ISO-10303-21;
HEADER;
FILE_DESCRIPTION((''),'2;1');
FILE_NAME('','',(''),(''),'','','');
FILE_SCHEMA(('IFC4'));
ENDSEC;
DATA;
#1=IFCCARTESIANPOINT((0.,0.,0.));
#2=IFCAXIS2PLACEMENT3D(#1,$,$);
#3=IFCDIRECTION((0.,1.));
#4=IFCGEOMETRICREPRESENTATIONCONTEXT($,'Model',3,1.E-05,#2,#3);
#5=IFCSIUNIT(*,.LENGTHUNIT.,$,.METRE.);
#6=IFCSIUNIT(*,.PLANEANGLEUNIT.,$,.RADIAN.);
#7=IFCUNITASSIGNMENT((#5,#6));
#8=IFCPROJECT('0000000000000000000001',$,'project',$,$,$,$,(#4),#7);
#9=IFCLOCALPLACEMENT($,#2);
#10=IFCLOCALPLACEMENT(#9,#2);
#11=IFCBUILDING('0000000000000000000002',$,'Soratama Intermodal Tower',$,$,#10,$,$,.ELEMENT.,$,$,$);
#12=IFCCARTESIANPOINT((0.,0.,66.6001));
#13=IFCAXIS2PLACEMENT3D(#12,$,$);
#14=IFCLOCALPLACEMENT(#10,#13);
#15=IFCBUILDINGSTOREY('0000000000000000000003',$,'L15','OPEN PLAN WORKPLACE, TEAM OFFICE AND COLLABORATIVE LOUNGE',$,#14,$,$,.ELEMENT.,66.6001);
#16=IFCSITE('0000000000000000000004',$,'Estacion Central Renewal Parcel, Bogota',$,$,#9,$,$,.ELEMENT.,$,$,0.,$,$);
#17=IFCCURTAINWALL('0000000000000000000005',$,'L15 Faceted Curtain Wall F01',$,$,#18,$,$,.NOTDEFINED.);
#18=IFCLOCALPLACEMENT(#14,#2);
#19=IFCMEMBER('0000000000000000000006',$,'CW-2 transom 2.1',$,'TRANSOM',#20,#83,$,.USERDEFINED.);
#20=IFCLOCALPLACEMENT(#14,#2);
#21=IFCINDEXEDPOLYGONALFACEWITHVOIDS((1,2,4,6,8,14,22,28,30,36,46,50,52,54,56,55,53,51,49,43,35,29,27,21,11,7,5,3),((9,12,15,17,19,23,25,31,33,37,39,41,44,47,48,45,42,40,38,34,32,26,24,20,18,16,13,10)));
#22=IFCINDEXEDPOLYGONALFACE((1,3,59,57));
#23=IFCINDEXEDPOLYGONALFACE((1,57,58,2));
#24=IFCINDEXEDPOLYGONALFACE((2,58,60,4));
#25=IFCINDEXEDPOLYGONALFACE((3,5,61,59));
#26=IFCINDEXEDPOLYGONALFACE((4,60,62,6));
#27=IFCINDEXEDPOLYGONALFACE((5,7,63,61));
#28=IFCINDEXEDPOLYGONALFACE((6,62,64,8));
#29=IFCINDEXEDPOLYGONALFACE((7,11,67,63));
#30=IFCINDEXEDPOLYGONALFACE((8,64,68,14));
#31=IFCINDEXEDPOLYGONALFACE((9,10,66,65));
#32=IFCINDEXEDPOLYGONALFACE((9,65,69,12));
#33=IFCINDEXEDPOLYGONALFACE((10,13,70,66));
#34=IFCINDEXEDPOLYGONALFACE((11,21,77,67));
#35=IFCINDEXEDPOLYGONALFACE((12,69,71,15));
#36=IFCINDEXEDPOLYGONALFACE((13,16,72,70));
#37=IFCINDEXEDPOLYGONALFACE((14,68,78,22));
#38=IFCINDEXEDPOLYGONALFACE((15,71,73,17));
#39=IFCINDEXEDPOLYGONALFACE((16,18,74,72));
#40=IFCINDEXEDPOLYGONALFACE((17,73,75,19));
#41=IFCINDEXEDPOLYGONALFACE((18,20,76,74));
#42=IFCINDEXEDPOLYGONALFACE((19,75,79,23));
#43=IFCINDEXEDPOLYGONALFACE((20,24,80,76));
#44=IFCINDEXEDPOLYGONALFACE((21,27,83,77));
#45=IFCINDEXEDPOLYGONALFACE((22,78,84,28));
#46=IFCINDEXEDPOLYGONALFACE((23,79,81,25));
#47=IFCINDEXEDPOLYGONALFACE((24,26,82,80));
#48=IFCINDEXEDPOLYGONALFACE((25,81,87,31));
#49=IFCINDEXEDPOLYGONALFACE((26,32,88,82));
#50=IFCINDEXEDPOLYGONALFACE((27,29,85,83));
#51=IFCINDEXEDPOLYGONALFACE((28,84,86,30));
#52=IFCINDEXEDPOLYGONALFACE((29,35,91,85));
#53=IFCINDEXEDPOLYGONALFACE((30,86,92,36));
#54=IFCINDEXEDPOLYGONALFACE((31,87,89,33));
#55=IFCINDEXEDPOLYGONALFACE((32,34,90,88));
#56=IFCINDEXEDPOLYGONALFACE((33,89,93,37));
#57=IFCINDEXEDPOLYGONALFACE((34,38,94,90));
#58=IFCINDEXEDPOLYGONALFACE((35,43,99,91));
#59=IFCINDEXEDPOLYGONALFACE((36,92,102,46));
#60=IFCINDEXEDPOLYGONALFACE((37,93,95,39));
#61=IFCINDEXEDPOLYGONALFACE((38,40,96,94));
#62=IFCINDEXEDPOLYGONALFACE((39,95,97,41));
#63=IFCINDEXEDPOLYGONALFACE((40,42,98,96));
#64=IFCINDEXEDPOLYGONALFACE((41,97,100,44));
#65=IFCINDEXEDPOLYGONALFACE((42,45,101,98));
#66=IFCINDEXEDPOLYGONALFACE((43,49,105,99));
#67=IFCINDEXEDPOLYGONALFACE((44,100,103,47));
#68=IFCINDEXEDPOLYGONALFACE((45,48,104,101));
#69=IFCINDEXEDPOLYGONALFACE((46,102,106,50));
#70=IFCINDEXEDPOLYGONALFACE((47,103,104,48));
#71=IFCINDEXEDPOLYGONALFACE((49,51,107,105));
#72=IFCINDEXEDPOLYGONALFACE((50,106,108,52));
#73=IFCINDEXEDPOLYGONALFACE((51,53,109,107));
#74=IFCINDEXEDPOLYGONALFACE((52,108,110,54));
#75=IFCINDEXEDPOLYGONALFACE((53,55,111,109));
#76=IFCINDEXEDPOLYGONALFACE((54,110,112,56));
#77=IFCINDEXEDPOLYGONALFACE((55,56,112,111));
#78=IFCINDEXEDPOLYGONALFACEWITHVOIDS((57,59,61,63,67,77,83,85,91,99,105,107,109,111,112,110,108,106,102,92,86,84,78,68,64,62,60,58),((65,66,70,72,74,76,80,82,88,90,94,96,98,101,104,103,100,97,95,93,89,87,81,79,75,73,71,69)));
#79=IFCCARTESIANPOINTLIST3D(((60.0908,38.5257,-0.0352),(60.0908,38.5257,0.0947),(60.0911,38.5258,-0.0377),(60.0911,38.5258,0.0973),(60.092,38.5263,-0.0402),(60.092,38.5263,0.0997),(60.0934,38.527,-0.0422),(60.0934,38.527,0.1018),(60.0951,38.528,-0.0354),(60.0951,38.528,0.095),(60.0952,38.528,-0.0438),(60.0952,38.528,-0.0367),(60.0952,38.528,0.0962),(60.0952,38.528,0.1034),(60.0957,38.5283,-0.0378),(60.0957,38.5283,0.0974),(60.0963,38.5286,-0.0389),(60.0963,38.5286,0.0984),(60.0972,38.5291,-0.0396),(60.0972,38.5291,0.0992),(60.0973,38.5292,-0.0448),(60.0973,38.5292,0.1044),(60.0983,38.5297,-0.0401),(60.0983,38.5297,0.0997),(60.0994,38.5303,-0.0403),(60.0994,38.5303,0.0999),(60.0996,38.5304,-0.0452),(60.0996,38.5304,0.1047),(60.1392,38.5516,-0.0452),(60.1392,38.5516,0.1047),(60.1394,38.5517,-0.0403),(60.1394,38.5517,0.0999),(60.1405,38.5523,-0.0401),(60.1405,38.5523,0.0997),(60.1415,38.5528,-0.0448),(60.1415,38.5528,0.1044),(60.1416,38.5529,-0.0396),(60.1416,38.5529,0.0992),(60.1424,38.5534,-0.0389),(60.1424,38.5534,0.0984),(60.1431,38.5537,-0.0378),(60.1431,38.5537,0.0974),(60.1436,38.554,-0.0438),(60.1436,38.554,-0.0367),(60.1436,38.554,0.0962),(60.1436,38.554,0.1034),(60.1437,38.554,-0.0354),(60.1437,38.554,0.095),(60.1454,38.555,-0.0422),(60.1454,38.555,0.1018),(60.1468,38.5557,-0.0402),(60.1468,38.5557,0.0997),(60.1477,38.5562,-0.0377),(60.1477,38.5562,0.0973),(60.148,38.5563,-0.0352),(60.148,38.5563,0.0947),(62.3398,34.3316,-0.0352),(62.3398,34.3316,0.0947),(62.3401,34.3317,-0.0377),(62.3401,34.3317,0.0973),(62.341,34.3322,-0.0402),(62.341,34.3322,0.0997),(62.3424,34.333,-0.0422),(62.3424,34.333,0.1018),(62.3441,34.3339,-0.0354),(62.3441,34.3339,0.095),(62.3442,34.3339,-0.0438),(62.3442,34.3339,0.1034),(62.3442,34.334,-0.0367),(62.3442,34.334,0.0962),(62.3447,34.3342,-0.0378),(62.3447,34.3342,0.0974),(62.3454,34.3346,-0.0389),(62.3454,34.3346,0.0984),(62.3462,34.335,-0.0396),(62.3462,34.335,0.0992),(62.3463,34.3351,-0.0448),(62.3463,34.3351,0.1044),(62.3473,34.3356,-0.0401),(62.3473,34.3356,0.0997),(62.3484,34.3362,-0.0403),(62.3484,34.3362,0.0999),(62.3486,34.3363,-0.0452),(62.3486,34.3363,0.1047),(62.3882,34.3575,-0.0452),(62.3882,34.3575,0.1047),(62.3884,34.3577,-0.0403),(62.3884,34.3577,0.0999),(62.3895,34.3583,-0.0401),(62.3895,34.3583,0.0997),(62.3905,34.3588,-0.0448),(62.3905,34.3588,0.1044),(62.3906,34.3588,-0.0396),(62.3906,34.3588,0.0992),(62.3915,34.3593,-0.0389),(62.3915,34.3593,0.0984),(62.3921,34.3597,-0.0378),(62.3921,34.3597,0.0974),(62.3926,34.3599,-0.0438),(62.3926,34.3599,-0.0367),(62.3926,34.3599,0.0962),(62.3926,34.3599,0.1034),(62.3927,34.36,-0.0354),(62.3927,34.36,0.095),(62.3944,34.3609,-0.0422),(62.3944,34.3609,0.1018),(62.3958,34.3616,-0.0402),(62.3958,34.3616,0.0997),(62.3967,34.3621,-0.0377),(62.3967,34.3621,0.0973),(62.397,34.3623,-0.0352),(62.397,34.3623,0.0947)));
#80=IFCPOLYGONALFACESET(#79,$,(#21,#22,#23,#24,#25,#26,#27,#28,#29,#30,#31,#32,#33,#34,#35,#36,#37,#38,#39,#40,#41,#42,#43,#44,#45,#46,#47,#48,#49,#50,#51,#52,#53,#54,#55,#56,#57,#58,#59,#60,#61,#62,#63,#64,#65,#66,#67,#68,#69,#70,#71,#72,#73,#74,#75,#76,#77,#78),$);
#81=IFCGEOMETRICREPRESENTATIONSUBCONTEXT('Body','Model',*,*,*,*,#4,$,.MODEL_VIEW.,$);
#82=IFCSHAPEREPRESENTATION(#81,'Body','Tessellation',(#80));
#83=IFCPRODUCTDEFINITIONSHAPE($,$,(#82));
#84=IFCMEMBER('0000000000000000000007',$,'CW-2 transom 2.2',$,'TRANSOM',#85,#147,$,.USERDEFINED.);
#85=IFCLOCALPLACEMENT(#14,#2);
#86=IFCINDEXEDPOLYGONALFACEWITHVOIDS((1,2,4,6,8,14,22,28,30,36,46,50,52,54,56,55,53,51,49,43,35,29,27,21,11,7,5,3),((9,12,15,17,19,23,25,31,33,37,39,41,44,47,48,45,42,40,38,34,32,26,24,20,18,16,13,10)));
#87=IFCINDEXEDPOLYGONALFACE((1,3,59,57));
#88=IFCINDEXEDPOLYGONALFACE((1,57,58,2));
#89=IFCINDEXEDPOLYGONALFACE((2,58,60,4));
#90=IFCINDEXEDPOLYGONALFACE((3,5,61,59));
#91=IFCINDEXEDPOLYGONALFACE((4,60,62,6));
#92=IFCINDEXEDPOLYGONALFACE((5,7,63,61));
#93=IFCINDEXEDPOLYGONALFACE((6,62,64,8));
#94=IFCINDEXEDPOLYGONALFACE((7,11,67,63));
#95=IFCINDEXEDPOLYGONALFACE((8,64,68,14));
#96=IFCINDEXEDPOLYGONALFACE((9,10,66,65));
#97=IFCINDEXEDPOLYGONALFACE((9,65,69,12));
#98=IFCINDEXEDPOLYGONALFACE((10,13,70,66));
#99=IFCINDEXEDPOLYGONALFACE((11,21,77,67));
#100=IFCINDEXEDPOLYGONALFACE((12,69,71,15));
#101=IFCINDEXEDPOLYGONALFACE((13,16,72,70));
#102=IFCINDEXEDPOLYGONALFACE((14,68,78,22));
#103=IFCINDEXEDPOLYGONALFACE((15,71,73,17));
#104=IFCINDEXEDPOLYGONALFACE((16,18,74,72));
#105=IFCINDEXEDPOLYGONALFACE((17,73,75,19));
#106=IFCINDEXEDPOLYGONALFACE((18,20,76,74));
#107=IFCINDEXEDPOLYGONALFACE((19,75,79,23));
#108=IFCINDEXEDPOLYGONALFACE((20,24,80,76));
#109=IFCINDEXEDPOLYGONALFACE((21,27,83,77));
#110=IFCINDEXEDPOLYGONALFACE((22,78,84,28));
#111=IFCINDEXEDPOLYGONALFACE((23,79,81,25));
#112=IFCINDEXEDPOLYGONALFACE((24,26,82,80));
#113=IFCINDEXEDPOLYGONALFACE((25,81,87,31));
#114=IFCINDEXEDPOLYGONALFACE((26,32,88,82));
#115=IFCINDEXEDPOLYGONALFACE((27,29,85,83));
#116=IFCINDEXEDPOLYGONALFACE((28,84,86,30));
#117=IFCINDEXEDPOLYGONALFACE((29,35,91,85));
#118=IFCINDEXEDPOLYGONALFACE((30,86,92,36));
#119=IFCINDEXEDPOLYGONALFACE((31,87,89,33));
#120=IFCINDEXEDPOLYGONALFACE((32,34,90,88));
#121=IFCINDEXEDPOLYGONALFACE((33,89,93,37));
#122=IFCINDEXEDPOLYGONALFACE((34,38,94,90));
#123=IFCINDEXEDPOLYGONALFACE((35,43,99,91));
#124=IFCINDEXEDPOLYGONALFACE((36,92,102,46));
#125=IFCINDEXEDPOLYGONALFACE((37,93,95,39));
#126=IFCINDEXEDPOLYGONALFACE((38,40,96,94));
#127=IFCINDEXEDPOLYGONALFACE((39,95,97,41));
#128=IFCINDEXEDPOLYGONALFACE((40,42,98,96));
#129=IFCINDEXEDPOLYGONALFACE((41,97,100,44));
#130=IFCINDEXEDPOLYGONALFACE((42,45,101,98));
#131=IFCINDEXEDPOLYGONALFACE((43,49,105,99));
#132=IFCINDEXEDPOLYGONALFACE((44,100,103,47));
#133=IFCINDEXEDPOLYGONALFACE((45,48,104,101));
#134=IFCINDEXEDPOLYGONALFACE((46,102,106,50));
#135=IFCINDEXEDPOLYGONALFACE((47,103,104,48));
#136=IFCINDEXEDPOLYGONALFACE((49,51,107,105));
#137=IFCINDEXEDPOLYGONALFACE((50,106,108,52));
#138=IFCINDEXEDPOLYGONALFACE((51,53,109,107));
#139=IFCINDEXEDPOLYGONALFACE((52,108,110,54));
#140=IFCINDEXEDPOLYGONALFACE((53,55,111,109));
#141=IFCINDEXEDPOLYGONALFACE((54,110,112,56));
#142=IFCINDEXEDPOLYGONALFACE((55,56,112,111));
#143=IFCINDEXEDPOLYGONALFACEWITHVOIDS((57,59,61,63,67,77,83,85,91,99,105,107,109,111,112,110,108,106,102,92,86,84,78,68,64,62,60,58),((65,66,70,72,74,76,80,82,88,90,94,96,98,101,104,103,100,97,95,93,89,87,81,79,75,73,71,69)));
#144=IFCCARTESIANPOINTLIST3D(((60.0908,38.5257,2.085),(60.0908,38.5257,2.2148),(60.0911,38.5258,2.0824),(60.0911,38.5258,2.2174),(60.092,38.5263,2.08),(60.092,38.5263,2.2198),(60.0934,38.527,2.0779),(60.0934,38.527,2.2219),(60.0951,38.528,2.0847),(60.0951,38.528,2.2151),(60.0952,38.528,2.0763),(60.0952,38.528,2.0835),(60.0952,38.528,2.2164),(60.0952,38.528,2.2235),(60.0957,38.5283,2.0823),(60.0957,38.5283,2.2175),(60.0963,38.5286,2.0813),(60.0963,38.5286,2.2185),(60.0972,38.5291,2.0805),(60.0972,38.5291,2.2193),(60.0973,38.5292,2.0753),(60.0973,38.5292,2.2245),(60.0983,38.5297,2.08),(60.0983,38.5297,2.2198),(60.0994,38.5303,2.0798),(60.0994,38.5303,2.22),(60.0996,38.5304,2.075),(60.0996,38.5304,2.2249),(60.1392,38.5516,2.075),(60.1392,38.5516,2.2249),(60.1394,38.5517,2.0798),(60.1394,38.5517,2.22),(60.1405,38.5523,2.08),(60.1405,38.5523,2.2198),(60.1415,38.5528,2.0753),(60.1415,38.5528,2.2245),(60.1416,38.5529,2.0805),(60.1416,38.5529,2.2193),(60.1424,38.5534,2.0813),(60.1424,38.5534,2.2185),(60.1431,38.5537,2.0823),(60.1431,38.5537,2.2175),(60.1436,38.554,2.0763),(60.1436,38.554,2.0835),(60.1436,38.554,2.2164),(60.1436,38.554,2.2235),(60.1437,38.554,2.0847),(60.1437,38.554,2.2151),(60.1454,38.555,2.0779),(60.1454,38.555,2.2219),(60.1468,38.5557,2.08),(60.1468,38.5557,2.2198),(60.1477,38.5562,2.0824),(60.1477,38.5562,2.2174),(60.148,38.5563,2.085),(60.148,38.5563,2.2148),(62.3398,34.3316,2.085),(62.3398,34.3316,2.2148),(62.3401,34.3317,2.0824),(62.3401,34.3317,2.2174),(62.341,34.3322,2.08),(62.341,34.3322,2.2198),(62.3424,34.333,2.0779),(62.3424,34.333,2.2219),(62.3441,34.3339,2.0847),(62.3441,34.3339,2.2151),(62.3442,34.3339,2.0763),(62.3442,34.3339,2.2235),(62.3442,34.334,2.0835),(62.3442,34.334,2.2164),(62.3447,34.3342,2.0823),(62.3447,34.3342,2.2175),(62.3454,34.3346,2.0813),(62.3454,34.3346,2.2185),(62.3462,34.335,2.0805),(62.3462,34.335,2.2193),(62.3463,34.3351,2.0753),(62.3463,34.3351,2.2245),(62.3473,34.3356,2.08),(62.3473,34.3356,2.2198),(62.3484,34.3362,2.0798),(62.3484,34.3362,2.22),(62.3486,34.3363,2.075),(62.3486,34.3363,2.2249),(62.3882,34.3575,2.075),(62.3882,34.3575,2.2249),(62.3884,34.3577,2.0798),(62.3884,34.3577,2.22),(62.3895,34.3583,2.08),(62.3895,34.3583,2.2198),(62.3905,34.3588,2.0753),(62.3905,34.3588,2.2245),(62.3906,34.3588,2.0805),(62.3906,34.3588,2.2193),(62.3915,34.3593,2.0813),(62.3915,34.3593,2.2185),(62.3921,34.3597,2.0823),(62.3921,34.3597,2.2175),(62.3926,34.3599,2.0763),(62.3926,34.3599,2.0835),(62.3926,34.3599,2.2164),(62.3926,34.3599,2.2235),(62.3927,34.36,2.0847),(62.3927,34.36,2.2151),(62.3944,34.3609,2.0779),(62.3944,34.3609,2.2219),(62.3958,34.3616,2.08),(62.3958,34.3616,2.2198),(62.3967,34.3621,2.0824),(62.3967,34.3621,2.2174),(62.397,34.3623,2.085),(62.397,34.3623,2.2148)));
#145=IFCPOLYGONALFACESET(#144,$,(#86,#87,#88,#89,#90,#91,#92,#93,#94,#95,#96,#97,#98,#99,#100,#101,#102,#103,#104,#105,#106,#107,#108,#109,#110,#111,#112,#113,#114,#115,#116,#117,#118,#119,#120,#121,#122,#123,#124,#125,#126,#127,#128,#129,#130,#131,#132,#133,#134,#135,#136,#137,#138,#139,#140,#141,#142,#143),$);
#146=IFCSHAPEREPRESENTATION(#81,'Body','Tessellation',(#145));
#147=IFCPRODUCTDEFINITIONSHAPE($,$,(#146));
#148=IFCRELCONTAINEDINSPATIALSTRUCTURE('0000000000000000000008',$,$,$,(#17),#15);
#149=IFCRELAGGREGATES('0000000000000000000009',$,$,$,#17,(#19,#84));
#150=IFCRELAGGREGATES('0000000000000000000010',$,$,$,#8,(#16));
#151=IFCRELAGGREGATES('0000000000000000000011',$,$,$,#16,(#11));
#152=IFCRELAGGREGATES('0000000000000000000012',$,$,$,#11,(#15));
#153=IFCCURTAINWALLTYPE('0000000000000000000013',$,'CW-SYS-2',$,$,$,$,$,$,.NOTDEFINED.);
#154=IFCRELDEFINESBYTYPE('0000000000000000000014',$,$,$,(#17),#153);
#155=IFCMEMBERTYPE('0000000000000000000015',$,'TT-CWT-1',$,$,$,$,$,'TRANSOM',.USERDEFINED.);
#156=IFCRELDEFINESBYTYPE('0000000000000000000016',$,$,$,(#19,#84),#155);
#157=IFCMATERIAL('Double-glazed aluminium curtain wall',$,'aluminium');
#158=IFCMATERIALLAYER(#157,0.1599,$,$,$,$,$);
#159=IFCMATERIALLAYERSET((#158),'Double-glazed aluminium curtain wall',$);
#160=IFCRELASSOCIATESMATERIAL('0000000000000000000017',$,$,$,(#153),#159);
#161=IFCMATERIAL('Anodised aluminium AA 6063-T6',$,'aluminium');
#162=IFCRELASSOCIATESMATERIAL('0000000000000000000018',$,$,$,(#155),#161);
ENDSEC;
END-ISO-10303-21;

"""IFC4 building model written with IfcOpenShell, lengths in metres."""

from ifc_helpers import new_model, si_unit, direction, frame, origin, origin_2d, place, context, subcontext, project, spatial, hollow_rectangle, extrude, material, layer, layer_set, material_profile, profile_set, type_object, element, aggregate, save


model = new_model("IFC4")

# Units and contexts
model_context = context("Model", 3, precision=1e-05, world=origin(), true_north=direction((0.0, 1.0)))
body_context = subcontext(model_context, "Body", "Model", "MODEL_VIEW")
ifc_project = project(units=[si_unit("LENGTHUNIT", "METRE"), si_unit("PLANEANGLEUNIT", "RADIAN")], contexts=[model_context])

# Site, building, storey
site_placement = place(None, origin())
site = spatial("IfcSite", under=ifc_project, at=site_placement, Name="Estacion Central Renewal Parcel, Bogota", CompositionType="ELEMENT", RefElevation=0.0)
building_placement = place(site_placement, origin())
building = spatial("IfcBuilding", under=site, at=building_placement, Name="Soratama Intermodal Tower", CompositionType="ELEMENT")
storey_placement = place(building_placement, frame((0.0, 0.0, 66.6001)))
storey = spatial("IfcBuildingStorey", under=building, at=storey_placement, Name="L15", Description="OPEN PLAN WORKPLACE, TEAM OFFICE AND COLLABORATIVE LOUNGE", CompositionType="ELEMENT", Elevation=66.6001)

# Curtain wall, members
ifc_material_1 = material(Name="Double-glazed aluminium curtain wall", Category="aluminium")
ifc_layer_1 = layer(ifc_material_1, 0.1599)
ifc_layer_set_1 = layer_set([ifc_layer_1], Name="Double-glazed aluminium curtain wall")
curtain_wall_type = type_object("IfcCurtainWallType", Name="CW-SYS-2", PredefinedType="NOTDEFINED", material=ifc_layer_set_1)
curtain_wall_placement = place(storey_placement, origin())
curtain_wall = element("IfcCurtainWall", 1, at=curtain_wall_placement, inside=storey, type_object=curtain_wall_type, Name="L15 Faceted Curtain Wall F01", PredefinedType="NOTDEFINED")
ifc_material_2 = material(Name="Anodised aluminium AA 6063-T6", Category="aluminium")
ifc_material_profile_1 = material_profile(ifc_material_2, hollow_rectangle(XDim=0.0649, YDim=0.1499, WallThickness=0.0049, InnerFilletRadius=0.0049, OuterFilletRadius=0.01, at=origin_2d()), Name="CWT150X65X5")
ifc_profile_set_1 = profile_set([ifc_material_profile_1], Name="Anodised aluminium AA 6063-T6")
member_type_1 = type_object("IfcMemberType", Name="TT-CWT-1", ElementType="TRANSOM", PredefinedType="USERDEFINED", material=ifc_profile_set_1)
member_1_placement = place(storey_placement, frame((62.3684, 34.3469, 0.0298), z_axis=(-0.472579, 0.881288, 0.0), x_axis=(-0.881288, -0.472579, 0.0)))
member_1 = element("IfcMember", 2, at=member_1_placement, type_object=member_type_1, Name="CW-2 transom 2.1", ObjectType="TRANSOM", PredefinedType="USERDEFINED", context=body_context, shape_type="SweptSolid", body=[
    extrude(hollow_rectangle(XDim=0.0649, YDim=0.1499, WallThickness=0.0049, InnerFilletRadius=0.0049, OuterFilletRadius=0.01, at=origin_2d()), origin(), (0.0, 0.0, 1.0), 4.759),
])
member_2_placement = place(storey_placement, frame((62.3684, 34.3469, 2.1499), z_axis=(-0.472579, 0.881288, 0.0), x_axis=(-0.881288, -0.472579, 0.0)))
member_2 = element("IfcMember", 3, at=member_2_placement, type_object=member_type_1, Name="CW-2 transom 2.2", ObjectType="TRANSOM", PredefinedType="USERDEFINED", context=body_context, shape_type="SweptSolid", body=[
    extrude(hollow_rectangle(XDim=0.0649, YDim=0.1499, WallThickness=0.0049, InnerFilletRadius=0.0049, OuterFilletRadius=0.01, at=origin_2d()), origin(), (0.0, 0.0, 1.0), 4.759),
])
aggregate(curtain_wall, [member_1, member_2])

save(model, "model.ifc")
